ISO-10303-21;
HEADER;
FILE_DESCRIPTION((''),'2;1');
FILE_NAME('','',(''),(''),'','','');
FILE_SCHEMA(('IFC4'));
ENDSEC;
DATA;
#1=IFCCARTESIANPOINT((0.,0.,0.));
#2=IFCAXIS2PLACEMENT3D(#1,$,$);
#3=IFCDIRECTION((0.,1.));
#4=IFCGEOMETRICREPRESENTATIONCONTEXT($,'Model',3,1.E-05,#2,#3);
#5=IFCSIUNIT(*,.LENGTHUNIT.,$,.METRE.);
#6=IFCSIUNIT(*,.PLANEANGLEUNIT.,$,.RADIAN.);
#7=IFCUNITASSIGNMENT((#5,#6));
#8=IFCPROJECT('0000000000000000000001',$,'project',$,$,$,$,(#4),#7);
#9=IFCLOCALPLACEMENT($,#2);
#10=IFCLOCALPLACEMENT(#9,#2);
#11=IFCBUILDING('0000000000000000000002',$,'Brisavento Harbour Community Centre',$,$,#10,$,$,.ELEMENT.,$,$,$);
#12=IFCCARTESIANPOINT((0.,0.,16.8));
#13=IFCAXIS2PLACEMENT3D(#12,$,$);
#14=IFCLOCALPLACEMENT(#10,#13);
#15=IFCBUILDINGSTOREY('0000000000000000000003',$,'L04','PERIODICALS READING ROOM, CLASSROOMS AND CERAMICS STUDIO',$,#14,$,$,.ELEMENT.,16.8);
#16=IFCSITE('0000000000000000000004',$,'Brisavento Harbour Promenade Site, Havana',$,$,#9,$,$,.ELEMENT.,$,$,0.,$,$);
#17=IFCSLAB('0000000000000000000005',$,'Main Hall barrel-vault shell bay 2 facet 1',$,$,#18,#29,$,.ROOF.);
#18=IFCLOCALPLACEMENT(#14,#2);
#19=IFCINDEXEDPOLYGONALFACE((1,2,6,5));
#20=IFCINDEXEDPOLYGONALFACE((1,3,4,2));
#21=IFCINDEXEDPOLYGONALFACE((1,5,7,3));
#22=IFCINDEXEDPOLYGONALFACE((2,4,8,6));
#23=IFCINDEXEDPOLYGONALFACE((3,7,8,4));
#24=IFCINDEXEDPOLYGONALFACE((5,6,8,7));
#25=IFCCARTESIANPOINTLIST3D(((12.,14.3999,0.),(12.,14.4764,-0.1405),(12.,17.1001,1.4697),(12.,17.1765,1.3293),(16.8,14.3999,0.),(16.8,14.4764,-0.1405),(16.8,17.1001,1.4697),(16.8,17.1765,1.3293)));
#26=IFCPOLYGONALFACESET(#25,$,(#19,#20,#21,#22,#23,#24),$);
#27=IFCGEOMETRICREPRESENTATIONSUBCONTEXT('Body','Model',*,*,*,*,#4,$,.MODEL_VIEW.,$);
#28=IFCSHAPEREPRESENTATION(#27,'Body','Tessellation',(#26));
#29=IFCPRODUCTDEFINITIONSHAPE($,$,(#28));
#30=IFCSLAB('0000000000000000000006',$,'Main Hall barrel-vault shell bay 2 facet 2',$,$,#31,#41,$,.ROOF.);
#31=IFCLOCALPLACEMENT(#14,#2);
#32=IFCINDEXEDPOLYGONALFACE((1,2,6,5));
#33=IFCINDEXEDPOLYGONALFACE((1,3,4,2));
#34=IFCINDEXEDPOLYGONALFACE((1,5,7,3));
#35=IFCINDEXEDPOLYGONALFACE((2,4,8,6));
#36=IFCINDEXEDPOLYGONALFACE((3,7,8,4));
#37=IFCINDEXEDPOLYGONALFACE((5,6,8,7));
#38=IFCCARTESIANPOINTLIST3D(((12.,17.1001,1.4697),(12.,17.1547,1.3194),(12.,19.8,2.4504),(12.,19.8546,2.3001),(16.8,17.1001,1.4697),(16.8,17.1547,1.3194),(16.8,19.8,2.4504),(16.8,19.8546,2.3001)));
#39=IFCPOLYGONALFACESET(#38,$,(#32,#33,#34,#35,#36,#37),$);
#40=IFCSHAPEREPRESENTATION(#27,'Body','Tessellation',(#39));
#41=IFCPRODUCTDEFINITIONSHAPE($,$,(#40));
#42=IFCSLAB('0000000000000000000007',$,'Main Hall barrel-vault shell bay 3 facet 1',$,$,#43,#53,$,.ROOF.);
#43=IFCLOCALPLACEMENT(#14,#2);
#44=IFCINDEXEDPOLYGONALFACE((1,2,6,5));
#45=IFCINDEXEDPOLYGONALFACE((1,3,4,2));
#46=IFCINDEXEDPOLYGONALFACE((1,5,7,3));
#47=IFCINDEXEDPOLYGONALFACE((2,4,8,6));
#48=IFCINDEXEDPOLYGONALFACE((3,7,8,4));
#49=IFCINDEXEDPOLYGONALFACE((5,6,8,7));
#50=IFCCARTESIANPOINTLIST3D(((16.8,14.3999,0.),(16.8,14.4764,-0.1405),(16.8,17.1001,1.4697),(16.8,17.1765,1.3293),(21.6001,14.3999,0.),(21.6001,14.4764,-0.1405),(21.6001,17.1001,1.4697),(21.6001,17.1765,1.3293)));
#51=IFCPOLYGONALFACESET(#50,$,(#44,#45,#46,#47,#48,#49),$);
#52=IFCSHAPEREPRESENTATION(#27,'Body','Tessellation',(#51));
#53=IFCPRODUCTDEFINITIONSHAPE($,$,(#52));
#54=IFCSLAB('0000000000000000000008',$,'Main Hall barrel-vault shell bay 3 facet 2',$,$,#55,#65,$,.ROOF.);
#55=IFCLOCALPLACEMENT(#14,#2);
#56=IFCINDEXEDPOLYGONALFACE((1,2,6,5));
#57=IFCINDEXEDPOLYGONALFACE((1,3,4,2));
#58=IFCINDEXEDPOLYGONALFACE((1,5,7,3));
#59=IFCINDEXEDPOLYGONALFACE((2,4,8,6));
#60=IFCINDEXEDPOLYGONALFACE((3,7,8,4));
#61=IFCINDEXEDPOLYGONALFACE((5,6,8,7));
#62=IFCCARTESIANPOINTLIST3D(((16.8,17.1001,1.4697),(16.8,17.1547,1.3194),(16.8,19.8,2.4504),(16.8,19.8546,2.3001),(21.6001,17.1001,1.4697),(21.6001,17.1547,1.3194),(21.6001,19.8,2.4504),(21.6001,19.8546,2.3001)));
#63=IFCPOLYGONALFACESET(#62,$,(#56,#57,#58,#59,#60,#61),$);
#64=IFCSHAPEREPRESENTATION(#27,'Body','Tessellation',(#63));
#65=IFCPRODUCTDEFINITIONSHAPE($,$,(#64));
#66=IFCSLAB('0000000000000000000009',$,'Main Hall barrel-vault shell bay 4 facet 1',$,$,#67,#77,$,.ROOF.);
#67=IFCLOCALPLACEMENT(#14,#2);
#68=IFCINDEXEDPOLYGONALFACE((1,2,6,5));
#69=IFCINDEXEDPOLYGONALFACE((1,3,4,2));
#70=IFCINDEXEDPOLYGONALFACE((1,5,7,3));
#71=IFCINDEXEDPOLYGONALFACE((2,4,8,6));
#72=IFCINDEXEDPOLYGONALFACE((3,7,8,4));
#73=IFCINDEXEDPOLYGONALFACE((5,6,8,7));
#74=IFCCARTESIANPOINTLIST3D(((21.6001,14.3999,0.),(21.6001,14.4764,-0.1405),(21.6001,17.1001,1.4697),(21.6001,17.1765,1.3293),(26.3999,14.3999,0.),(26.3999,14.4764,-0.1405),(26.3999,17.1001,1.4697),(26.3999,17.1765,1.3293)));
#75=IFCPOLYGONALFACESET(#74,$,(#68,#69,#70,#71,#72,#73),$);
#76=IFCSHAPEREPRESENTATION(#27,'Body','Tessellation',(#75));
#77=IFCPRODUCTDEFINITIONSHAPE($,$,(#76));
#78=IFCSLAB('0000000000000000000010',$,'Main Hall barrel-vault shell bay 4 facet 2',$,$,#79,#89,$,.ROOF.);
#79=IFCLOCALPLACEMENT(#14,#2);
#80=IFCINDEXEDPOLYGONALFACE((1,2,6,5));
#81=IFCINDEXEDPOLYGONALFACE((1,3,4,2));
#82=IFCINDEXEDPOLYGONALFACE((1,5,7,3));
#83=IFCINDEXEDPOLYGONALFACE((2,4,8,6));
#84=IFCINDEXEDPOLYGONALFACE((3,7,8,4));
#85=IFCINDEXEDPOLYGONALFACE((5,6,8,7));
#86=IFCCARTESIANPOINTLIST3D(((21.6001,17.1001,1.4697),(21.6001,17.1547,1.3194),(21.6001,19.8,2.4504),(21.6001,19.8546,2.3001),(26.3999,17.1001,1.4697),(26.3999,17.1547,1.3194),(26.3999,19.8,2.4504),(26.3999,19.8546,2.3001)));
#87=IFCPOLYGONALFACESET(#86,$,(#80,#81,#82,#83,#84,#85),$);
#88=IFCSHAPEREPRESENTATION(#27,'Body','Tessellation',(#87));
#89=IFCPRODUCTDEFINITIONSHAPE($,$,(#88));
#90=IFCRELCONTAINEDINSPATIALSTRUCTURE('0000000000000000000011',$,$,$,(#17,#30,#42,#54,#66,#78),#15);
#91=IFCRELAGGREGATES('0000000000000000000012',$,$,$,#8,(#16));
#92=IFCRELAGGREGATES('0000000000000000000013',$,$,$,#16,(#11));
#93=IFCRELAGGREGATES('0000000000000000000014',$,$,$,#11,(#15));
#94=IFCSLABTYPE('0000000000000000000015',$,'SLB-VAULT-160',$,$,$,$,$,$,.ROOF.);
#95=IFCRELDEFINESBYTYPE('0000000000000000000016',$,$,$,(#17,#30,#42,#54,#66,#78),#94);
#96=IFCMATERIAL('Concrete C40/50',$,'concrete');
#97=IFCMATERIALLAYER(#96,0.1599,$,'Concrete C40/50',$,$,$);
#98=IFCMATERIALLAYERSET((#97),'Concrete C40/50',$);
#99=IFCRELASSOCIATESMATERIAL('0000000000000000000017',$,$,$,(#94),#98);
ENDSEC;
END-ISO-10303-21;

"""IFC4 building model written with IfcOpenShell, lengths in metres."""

from ifc_helpers import new_model, si_unit, direction, frame, origin, place, context, subcontext, project, spatial, polyline, outline, extrude, material, layer, layer_set, type_object, element, save


model = new_model("IFC4")

# Units and contexts
model_context = context("Model", 3, precision=1e-05, world=origin(), true_north=direction((0.0, 1.0)))
body_context = subcontext(model_context, "Body", "Model", "MODEL_VIEW")
ifc_project = project(units=[si_unit("LENGTHUNIT", "METRE"), si_unit("PLANEANGLEUNIT", "RADIAN")], contexts=[model_context])

# Site, building, storey
site_placement = place(None, origin())
site = spatial("IfcSite", under=ifc_project, at=site_placement, Name="Brisavento Harbour Promenade Site, Havana", CompositionType="ELEMENT", RefElevation=0.0)
building_placement = place(site_placement, origin())
building = spatial("IfcBuilding", under=site, at=building_placement, Name="Brisavento Harbour Community Centre", CompositionType="ELEMENT")
storey_placement = place(building_placement, frame((0.0, 0.0, 16.8)))
storey = spatial("IfcBuildingStorey", under=building, at=storey_placement, Name="L04", Description="PERIODICALS READING ROOM, CLASSROOMS AND CERAMICS STUDIO", CompositionType="ELEMENT", Elevation=16.8)

# Shared definitions
ifc_material = material(Name="Concrete C40/50", Category="concrete")

# Slabs
ifc_layer = layer(ifc_material, 0.1599, Name="Concrete C40/50")
ifc_layer_set = layer_set([ifc_layer], Name="Concrete C40/50")
slab_type = type_object("IfcSlabType", Name="SLB-VAULT-160", PredefinedType="ROOF", material=ifc_layer_set)
slab_1_placement = place(storey_placement, frame((12.0, 14.3999, 0.0), z_axis=(0.0, -0.478073, 0.87832), x_axis=(1.0, 0.0, 0.0)))
element("IfcSlab", 1, at=slab_1_placement, inside=storey, type_object=slab_type, Name="Main Hall barrel-vault shell bay 2 facet 1", PredefinedType="ROOF", context=body_context, shape_type="SweptSolid", body=[
    extrude(outline(polyline([(0.0, 0.0), (4.8, 0.0), (4.8, 3.0743), (0.0, 3.0743), (0.0, 0.0)])), origin(), (0.0, 0.0, -1.0), 0.1599),
])
slab_2_placement = place(storey_placement, frame((12.0, 17.1001, 1.4697), z_axis=(0.0, -0.341409, 0.939915), x_axis=(1.0, 0.0, 0.0)))
element("IfcSlab", 2, at=slab_2_placement, inside=storey, type_object=slab_type, Name="Main Hall barrel-vault shell bay 2 facet 2", PredefinedType="ROOF", context=body_context, shape_type="SweptSolid", body=[
    extrude(outline(polyline([(0.0, 0.0), (4.8, 0.0), (4.8, 2.8725), (0.0, 2.8725), (0.0, 0.0)])), origin(), (0.0, 0.0, -1.0), 0.1599),
])
slab_3_placement = place(storey_placement, frame((16.8, 14.3999, 0.0), z_axis=(0.0, -0.478073, 0.87832), x_axis=(1.0, 0.0, 0.0)))
element("IfcSlab", 3, at=slab_3_placement, inside=storey, type_object=slab_type, Name="Main Hall barrel-vault shell bay 3 facet 1", PredefinedType="ROOF", context=body_context, shape_type="SweptSolid", body=[
    extrude(outline(polyline([(0.0, 0.0), (4.8, 0.0), (4.8, 3.0743), (0.0, 3.0743), (0.0, 0.0)])), origin(), (0.0, 0.0, -1.0), 0.1599),
])
slab_4_placement = place(storey_placement, frame((16.8, 17.1001, 1.4697), z_axis=(0.0, -0.341409, 0.939915), x_axis=(1.0, 0.0, 0.0)))
element("IfcSlab", 4, at=slab_4_placement, inside=storey, type_object=slab_type, Name="Main Hall barrel-vault shell bay 3 facet 2", PredefinedType="ROOF", context=body_context, shape_type="SweptSolid", body=[
    extrude(outline(polyline([(0.0, 0.0), (4.8, 0.0), (4.8, 2.8725), (0.0, 2.8725), (0.0, 0.0)])), origin(), (0.0, 0.0, -1.0), 0.1599),
])
slab_5_placement = place(storey_placement, frame((21.6001, 14.3999, 0.0), z_axis=(0.0, -0.478073, 0.87832), x_axis=(1.0, 0.0, 0.0)))
element("IfcSlab", 5, at=slab_5_placement, inside=storey, type_object=slab_type, Name="Main Hall barrel-vault shell bay 4 facet 1", PredefinedType="ROOF", context=body_context, shape_type="SweptSolid", body=[
    extrude(outline(polyline([(0.0, 0.0), (4.7998, 0.0), (4.7998, 3.0743), (0.0, 3.0743), (0.0, 0.0)])), origin(), (0.0, 0.0, -1.0), 0.1599),
])
slab_6_placement = place(storey_placement, frame((21.6001, 17.1001, 1.4697), z_axis=(0.0, -0.341409, 0.939915), x_axis=(1.0, 0.0, 0.0)))
element("IfcSlab", 6, at=slab_6_placement, inside=storey, type_object=slab_type, Name="Main Hall barrel-vault shell bay 4 facet 2", PredefinedType="ROOF", context=body_context, shape_type="SweptSolid", body=[
    extrude(outline(polyline([(0.0, 0.0), (4.7998, 0.0), (4.7998, 2.8725), (0.0, 2.8725), (0.0, 0.0)])), origin(), (0.0, 0.0, -1.0), 0.1599),
])

save(model, "model.ifc")
